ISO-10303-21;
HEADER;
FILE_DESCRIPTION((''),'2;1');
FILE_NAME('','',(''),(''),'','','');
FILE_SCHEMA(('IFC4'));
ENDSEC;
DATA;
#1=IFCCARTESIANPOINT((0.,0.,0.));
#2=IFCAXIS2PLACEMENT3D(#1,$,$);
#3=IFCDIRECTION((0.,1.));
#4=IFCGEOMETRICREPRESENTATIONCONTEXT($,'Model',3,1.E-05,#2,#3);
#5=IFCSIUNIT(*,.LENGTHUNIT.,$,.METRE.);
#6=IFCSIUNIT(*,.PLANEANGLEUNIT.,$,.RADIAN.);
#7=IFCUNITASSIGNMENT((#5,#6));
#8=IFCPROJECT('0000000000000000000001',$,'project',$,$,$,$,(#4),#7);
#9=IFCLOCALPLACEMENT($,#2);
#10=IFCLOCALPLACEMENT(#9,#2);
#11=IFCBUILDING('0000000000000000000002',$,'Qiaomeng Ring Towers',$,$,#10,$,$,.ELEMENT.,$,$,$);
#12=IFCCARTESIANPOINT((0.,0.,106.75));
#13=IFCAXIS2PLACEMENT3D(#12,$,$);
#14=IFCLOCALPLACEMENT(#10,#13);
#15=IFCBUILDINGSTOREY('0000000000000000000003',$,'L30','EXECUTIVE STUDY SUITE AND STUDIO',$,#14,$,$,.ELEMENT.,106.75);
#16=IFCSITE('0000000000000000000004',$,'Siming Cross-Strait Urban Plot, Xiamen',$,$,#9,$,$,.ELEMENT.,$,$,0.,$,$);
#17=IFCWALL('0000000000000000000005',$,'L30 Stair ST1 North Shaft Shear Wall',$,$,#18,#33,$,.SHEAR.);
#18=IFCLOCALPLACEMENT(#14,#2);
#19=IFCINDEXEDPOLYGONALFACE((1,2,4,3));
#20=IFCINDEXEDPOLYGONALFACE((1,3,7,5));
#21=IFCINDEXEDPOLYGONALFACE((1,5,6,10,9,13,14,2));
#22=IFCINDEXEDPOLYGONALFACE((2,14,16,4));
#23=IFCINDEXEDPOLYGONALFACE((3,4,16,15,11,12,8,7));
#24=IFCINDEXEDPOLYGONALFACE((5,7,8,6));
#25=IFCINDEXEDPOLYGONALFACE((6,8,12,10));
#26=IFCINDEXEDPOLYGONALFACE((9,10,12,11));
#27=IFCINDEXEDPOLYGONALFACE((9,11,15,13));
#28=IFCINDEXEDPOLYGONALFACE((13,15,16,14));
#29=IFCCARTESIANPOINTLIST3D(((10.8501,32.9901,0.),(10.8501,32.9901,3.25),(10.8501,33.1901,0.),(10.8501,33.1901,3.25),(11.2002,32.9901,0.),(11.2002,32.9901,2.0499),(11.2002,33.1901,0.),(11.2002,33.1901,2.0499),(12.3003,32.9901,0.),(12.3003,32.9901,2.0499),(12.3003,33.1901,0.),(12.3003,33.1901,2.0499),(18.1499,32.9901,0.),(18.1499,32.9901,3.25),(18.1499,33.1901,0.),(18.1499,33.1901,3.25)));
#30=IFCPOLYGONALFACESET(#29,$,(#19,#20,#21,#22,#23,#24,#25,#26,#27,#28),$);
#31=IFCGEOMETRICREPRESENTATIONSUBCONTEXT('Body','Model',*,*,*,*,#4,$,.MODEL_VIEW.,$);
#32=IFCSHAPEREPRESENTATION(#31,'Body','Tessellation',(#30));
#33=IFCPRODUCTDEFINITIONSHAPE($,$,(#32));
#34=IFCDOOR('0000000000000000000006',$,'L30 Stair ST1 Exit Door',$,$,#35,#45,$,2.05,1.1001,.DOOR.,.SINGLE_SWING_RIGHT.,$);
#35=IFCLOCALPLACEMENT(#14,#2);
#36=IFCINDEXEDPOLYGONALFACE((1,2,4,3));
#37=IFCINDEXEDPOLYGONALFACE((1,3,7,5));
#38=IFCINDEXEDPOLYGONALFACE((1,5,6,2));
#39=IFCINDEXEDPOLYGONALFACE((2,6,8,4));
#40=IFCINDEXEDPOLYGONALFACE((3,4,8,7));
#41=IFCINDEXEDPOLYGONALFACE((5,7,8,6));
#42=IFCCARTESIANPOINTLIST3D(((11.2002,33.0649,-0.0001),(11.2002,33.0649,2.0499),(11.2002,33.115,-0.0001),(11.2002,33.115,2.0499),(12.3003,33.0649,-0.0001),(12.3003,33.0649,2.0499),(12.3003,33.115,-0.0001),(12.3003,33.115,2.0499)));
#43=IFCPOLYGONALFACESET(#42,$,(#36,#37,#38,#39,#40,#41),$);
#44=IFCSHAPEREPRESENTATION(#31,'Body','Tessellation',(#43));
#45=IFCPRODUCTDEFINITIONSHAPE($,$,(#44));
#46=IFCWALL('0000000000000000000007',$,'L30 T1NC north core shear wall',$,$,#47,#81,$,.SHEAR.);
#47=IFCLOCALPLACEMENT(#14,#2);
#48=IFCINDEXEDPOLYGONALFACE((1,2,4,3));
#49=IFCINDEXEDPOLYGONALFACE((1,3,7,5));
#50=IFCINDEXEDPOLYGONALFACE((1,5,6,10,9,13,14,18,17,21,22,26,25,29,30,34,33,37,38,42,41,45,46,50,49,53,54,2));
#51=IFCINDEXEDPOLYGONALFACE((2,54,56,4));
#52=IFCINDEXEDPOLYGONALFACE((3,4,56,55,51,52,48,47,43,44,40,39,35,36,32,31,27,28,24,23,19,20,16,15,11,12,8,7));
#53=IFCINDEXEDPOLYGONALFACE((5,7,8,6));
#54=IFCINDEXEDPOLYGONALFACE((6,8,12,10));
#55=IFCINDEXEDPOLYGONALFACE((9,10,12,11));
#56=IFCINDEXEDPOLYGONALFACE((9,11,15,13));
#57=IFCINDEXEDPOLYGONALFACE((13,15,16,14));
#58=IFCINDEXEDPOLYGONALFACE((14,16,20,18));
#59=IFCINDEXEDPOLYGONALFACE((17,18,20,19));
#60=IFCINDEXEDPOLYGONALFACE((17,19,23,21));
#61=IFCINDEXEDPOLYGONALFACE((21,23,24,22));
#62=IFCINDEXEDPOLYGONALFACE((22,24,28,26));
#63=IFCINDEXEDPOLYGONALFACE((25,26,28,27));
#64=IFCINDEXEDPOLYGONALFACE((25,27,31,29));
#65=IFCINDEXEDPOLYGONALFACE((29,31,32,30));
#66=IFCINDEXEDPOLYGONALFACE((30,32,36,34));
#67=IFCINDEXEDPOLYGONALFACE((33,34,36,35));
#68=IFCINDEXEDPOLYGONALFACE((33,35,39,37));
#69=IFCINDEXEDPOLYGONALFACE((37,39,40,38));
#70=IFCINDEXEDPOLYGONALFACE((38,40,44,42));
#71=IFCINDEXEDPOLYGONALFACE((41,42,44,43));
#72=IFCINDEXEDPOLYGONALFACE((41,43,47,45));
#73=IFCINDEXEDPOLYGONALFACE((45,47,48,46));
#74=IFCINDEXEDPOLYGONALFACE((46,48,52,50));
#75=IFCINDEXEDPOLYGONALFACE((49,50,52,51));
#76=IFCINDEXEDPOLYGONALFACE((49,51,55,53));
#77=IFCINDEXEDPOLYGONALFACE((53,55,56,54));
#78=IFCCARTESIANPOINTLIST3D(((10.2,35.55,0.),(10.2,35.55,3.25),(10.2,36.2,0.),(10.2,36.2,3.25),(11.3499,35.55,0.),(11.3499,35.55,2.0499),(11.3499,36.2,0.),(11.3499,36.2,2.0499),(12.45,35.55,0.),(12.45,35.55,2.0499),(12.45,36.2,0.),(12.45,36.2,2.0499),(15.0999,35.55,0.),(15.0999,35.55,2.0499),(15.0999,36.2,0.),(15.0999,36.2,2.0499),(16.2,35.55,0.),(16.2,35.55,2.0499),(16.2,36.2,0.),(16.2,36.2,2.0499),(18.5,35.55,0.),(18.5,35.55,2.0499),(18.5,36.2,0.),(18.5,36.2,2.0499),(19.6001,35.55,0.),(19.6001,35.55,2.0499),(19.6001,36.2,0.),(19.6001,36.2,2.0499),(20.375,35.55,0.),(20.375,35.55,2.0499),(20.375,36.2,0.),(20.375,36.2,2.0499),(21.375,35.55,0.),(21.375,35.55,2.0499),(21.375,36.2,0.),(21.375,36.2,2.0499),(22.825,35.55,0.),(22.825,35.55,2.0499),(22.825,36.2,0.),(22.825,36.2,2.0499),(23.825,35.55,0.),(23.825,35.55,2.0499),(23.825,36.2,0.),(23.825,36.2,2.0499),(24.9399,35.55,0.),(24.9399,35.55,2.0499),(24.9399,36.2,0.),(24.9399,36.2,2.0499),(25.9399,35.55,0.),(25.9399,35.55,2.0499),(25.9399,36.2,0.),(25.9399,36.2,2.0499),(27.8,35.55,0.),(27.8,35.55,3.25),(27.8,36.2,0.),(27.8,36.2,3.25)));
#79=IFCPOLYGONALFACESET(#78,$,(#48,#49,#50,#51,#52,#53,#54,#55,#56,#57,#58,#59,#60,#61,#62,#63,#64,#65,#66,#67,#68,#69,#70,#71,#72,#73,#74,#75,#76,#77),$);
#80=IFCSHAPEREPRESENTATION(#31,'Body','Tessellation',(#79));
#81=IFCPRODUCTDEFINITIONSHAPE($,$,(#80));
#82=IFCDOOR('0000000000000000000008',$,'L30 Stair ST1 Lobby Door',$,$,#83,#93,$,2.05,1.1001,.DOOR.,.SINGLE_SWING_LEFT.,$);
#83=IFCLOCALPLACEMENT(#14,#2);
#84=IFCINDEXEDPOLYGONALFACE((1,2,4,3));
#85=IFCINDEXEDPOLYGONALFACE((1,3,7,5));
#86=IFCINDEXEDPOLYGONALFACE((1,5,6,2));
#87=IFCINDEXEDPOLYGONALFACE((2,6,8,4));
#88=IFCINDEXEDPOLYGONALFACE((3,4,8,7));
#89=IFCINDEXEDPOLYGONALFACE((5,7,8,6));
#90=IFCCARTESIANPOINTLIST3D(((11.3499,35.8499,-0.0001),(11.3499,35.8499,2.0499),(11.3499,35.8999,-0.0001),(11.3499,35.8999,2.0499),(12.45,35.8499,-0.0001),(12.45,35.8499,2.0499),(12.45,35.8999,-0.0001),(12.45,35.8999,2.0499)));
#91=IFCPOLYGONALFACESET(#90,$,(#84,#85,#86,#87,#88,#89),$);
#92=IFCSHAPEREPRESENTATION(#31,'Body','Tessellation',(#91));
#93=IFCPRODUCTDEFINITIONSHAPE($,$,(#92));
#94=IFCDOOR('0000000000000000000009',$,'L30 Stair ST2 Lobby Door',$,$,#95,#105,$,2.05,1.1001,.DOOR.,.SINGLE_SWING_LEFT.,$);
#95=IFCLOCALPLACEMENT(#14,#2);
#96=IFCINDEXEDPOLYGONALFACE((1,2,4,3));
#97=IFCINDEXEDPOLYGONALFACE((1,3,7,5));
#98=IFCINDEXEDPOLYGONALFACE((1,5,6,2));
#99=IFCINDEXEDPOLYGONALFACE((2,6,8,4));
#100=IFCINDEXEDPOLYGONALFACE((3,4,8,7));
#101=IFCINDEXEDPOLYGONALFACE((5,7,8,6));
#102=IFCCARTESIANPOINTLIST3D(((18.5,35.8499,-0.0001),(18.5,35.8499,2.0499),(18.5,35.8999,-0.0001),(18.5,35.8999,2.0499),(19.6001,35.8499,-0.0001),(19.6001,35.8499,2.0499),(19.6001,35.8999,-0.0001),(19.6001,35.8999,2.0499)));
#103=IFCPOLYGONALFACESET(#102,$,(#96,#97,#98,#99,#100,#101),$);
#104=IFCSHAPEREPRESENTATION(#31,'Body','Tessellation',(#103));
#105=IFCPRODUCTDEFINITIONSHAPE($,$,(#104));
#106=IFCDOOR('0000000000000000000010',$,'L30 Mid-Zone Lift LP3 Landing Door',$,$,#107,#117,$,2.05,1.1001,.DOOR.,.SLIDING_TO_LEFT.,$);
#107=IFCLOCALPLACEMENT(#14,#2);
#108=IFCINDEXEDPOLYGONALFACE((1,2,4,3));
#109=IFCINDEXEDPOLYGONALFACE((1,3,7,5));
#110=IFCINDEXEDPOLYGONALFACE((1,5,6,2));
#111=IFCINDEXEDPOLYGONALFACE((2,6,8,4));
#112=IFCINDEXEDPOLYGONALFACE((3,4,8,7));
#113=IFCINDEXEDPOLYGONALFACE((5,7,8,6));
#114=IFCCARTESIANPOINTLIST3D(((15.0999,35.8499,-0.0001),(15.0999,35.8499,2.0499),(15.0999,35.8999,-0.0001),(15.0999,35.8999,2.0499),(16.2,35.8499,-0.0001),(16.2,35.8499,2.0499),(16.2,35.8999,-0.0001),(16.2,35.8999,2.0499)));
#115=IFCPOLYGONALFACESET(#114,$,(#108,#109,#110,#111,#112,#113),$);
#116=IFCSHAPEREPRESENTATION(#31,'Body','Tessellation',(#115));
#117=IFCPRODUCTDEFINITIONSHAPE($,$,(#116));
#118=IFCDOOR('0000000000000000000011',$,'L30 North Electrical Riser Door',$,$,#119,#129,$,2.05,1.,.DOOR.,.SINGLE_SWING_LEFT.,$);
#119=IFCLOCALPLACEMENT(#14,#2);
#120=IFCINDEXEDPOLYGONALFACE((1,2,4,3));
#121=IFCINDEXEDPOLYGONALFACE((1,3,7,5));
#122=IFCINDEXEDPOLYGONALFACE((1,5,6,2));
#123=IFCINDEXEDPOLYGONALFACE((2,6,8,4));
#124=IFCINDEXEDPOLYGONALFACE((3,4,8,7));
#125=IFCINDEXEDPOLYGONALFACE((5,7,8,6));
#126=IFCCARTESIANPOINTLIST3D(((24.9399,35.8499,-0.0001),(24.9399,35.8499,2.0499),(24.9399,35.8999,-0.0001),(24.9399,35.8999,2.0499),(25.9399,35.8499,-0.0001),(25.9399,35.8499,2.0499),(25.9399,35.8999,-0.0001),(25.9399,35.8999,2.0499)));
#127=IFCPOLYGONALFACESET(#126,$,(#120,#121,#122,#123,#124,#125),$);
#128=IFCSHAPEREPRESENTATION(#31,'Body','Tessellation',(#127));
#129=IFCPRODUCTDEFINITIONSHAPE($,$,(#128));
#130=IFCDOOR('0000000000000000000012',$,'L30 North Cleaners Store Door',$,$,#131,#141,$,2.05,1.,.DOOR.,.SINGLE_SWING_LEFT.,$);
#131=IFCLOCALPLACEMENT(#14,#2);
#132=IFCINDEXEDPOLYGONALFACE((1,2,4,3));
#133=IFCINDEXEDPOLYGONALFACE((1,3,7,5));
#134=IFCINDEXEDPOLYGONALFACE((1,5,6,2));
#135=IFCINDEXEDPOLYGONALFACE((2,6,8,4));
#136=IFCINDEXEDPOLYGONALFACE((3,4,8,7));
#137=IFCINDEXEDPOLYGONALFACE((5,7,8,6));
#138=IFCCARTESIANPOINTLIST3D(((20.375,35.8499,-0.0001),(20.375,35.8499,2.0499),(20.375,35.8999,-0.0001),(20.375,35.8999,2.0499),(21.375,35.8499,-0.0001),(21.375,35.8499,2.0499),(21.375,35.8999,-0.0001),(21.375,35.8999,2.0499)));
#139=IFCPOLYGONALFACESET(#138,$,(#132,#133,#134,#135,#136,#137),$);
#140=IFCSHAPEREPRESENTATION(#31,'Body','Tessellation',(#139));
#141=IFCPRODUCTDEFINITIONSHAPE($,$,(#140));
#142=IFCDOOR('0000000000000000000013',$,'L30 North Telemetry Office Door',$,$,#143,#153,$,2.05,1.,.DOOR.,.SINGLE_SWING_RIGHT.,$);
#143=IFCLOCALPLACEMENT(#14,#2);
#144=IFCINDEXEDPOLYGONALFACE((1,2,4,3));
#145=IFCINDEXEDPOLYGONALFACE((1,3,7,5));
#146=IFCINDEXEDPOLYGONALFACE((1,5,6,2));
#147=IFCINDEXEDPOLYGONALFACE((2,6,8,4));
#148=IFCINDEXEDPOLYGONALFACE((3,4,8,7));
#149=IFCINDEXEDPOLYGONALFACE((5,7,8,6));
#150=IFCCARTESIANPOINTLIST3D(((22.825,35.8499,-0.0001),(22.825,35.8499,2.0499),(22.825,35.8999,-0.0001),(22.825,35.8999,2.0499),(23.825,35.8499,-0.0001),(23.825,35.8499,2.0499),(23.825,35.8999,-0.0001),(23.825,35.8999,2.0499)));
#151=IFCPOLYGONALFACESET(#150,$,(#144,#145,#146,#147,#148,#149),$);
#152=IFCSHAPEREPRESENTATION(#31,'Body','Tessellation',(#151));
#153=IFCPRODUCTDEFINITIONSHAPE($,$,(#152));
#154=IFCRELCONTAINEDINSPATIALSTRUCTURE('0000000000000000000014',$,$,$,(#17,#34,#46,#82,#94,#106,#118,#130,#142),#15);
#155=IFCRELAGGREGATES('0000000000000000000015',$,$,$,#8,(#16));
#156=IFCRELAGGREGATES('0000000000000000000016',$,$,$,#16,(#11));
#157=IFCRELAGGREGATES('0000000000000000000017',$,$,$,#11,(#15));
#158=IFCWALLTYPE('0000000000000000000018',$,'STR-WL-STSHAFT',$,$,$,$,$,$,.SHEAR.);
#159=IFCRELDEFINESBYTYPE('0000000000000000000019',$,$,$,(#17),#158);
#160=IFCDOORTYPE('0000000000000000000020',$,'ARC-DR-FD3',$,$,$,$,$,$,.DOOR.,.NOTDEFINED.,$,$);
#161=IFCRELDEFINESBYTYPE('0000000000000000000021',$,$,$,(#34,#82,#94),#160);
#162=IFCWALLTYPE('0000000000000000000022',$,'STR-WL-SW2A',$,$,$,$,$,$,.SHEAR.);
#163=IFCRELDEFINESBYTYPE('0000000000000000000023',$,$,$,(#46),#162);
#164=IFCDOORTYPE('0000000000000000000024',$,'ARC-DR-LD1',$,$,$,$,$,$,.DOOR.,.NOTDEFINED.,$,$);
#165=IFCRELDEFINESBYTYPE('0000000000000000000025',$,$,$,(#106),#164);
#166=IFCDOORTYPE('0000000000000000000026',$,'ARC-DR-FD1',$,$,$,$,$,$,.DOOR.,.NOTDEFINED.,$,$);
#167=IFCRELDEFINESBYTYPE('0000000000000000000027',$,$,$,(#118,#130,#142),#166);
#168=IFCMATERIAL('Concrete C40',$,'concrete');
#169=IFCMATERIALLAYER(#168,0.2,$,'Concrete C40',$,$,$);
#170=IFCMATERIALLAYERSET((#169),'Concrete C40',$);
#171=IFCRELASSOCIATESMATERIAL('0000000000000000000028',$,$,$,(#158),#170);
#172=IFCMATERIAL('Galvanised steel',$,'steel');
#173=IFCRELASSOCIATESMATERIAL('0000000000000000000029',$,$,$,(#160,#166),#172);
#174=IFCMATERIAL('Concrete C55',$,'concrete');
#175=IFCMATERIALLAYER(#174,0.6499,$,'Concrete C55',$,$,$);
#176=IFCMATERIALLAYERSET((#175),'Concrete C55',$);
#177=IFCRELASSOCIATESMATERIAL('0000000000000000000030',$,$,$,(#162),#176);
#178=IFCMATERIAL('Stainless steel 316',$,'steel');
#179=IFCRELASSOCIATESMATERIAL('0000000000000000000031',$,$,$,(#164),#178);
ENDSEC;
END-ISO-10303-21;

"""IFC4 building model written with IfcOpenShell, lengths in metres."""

from ifc_helpers import new_model, si_unit, direction, frame, frame_2d, origin, place, context, subcontext, project, spatial, rectangle, extrude, source, transform, mapped, material, layer, layer_set, type_object, element, fill, save


model = new_model("IFC4")

# Units and contexts
model_context = context("Model", 3, precision=1e-05, world=origin(), true_north=direction((0.0, 1.0)))
body_context = subcontext(model_context, "Body", "Model", "MODEL_VIEW")
ifc_project = project(units=[si_unit("LENGTHUNIT", "METRE"), si_unit("PLANEANGLEUNIT", "RADIAN")], contexts=[model_context])

# Site, building, storey
site_placement = place(None, origin())
site = spatial("IfcSite", under=ifc_project, at=site_placement, Name="Siming Cross-Strait Urban Plot, Xiamen", CompositionType="ELEMENT", RefElevation=0.0)
building_placement = place(site_placement, origin())
building = spatial("IfcBuilding", under=site, at=building_placement, Name="Qiaomeng Ring Towers", CompositionType="ELEMENT")
storey_placement = place(building_placement, frame((0.0, 0.0, 106.75)))
storey = spatial("IfcBuildingStorey", under=building, at=storey_placement, Name="L30", Description="EXECUTIVE STUDY SUITE AND STUDIO", CompositionType="ELEMENT", Elevation=106.75)

# Shared definitions
ifc_material_1 = material(Name="Concrete C55", Category="concrete")

# Shared definitions
shared_shape_1 = source(origin(), body_context, "Body", "SweptSolid", [
    extrude(rectangle(XDim=1.0, YDim=2.05, at=frame_2d((0.5, 1.0249))), frame((0.0, 0.0249, 0.0), z_axis=(0.0, -1.0, 0.0), x_axis=(1.0, 0.0, 0.0)), (0.0, 0.0, 1.0), 0.05),
])

# Shared definitions
ifc_material_2 = material(Name="Concrete C40", Category="concrete")
ifc_layer_1 = layer(ifc_material_2, 0.2, Name="Concrete C40")
ifc_layer_set_1 = layer_set([ifc_layer_1], Name="Concrete C40")
wall_type_1 = type_object("IfcWallType", Name="STR-WL-STSHAFT", PredefinedType="SHEAR", material=ifc_layer_set_1)

# Wall, opening, door
wall_1_placement = place(storey_placement, frame((10.8501, 33.0901, 0.0), z_axis=(0.0, 0.0, 1.0), x_axis=(1.0, 0.0, 0.0)))
wall_1 = element("IfcWall", 1, at=wall_1_placement, inside=storey, type_object=wall_type_1, Name="L30 Stair ST1 North Shaft Shear Wall", PredefinedType="SHEAR", context=body_context, shape_type="SweptSolid", body=[
    extrude(rectangle(XDim=7.2998, YDim=0.2, at=frame_2d((3.6499, 0.0))), origin(), (0.0, 0.0, 1.0), 3.25),
])
opening_1_placement = place(wall_1_placement, frame((0.3501, 0.0, 0.0)))
opening_1 = element("IfcOpeningElement", 2, at=opening_1_placement, cuts=wall_1, PredefinedType="OPENING", context=body_context, shape_type="SweptSolid", body=[
    extrude(rectangle(XDim=1.1001, YDim=2.05, at=frame_2d((0.55, 1.0249))), frame((0.0, 0.1099, 0.0), z_axis=(0.0, -1.0, 0.0), x_axis=(1.0, 0.0, 0.0)), (0.0, 0.0, 1.0), 0.22),
])
ifc_material_3 = material(Name="Galvanised steel", Category="steel")
door_type_1 = type_object("IfcDoorType", Name="ARC-DR-FD3", OperationType="NOTDEFINED", PredefinedType="DOOR", material=ifc_material_3)
shared_shape_2 = source(origin(), body_context, "Body", "SweptSolid", [
    extrude(rectangle(XDim=1.1001, YDim=2.05, at=frame_2d((0.55, 1.0249))), frame((0.0, 0.0249, 0.0), z_axis=(0.0, -1.0, 0.0), x_axis=(1.0, 0.0, 0.0)), (0.0, 0.0, 1.0), 0.05),
])
door_1_placement = place(opening_1_placement, origin())
door_1 = element("IfcDoor", 3, at=door_1_placement, inside=storey, type_object=door_type_1, Name="L30 Stair ST1 Exit Door", OperationType="SINGLE_SWING_RIGHT", OverallHeight=2.05, OverallWidth=1.1001, PredefinedType="DOOR", context=body_context, shape_type="MappedRepresentation", body=[
    mapped(shared_shape_2, transform((0.0, 0.0, 0.0), x_axis=(1.0, 0.0, 0.0), y_axis=(0.0, 1.0, 0.0), z_axis=(0.0, 0.0, 1.0), scale=1.0)),
])
fill(opening_1, door_1)

# Wall, openings, doors
ifc_layer_2 = layer(ifc_material_1, 0.6499, Name="Concrete C55")
ifc_layer_set_2 = layer_set([ifc_layer_2], Name="Concrete C55")
wall_type_2 = type_object("IfcWallType", Name="STR-WL-SW2A", PredefinedType="SHEAR", material=ifc_layer_set_2)
wall_2_placement = place(storey_placement, frame((10.2, 35.875, 0.0), z_axis=(0.0, 0.0, 1.0), x_axis=(1.0, 0.0, 0.0)))
wall_2 = element("IfcWall", 4, at=wall_2_placement, inside=storey, type_object=wall_type_2, Name="L30 T1NC north core shear wall", PredefinedType="SHEAR", context=body_context, shape_type="SweptSolid", body=[
    extrude(rectangle(XDim=17.6001, YDim=0.6499, at=frame_2d((8.8, 0.0))), origin(), (0.0, 0.0, 1.0), 3.25),
])
opening_2_placement = place(wall_2_placement, frame((1.1499, 0.0, 0.0)))
opening_2 = element("IfcOpeningElement", 5, at=opening_2_placement, cuts=wall_2, PredefinedType="OPENING", context=body_context, shape_type="SweptSolid", body=[
    extrude(rectangle(XDim=1.1001, YDim=2.05, at=frame_2d((0.55, 1.0249))), frame((0.0, 0.335, 0.0), z_axis=(0.0, -1.0, 0.0), x_axis=(1.0, 0.0, 0.0)), (0.0, 0.0, 1.0), 0.6699),
])
opening_3_placement = place(wall_2_placement, frame((8.3, 0.0, 0.0)))
opening_3 = element("IfcOpeningElement", 6, at=opening_3_placement, cuts=wall_2, PredefinedType="OPENING", context=body_context, shape_type="SweptSolid", body=[
    extrude(rectangle(XDim=1.1001, YDim=2.05, at=frame_2d((0.55, 1.0249))), frame((0.0, 0.335, 0.0), z_axis=(0.0, -1.0, 0.0), x_axis=(1.0, 0.0, 0.0)), (0.0, 0.0, 1.0), 0.6699),
])
opening_4_placement = place(wall_2_placement, frame((4.8999, 0.0, 0.0)))
opening_4 = element("IfcOpeningElement", 7, at=opening_4_placement, cuts=wall_2, PredefinedType="OPENING", context=body_context, shape_type="SweptSolid", body=[
    extrude(rectangle(XDim=1.1001, YDim=2.05, at=frame_2d((0.55, 1.0249))), frame((0.0, 0.335, 0.0), z_axis=(0.0, -1.0, 0.0), x_axis=(1.0, 0.0, 0.0)), (0.0, 0.0, 1.0), 0.6699),
])
opening_5_placement = place(wall_2_placement, frame((14.74, 0.0, 0.0)))
opening_5 = element("IfcOpeningElement", 8, at=opening_5_placement, cuts=wall_2, PredefinedType="OPENING", context=body_context, shape_type="SweptSolid", body=[
    extrude(rectangle(XDim=1.0, YDim=2.05, at=frame_2d((0.5, 1.0249))), frame((0.0, 0.335, 0.0), z_axis=(0.0, -1.0, 0.0), x_axis=(1.0, 0.0, 0.0)), (0.0, 0.0, 1.0), 0.6699),
])
opening_6_placement = place(wall_2_placement, frame((10.175, 0.0, 0.0)))
opening_6 = element("IfcOpeningElement", 9, at=opening_6_placement, cuts=wall_2, PredefinedType="OPENING", context=body_context, shape_type="SweptSolid", body=[
    extrude(rectangle(XDim=1.0, YDim=2.05, at=frame_2d((0.5, 1.0249))), frame((0.0, 0.335, 0.0), z_axis=(0.0, -1.0, 0.0), x_axis=(1.0, 0.0, 0.0)), (0.0, 0.0, 1.0), 0.6699),
])
opening_7_placement = place(wall_2_placement, frame((12.625, 0.0, 0.0)))
opening_7 = element("IfcOpeningElement", 10, at=opening_7_placement, cuts=wall_2, PredefinedType="OPENING", context=body_context, shape_type="SweptSolid", body=[
    extrude(rectangle(XDim=1.0, YDim=2.05, at=frame_2d((0.5, 1.0249))), frame((0.0, 0.335, 0.0), z_axis=(0.0, -1.0, 0.0), x_axis=(1.0, 0.0, 0.0)), (0.0, 0.0, 1.0), 0.6699),
])
door_2_placement = place(opening_2_placement, origin())
door_2 = element("IfcDoor", 11, at=door_2_placement, inside=storey, type_object=door_type_1, Name="L30 Stair ST1 Lobby Door", OperationType="SINGLE_SWING_LEFT", OverallHeight=2.05, OverallWidth=1.1001, PredefinedType="DOOR", context=body_context, shape_type="MappedRepresentation", body=[
    mapped(shared_shape_2, transform((0.0, 0.0, 0.0), x_axis=(1.0, 0.0, 0.0), y_axis=(0.0, 1.0, 0.0), z_axis=(0.0, 0.0, 1.0), scale=1.0)),
])
fill(opening_2, door_2)
door_3_placement = place(opening_3_placement, origin())
door_3 = element("IfcDoor", 12, at=door_3_placement, inside=storey, type_object=door_type_1, Name="L30 Stair ST2 Lobby Door", OperationType="SINGLE_SWING_LEFT", OverallHeight=2.05, OverallWidth=1.1001, PredefinedType="DOOR", context=body_context, shape_type="MappedRepresentation", body=[
    mapped(shared_shape_2, transform((0.0, 0.0, 0.0), x_axis=(1.0, 0.0, 0.0), y_axis=(0.0, 1.0, 0.0), z_axis=(0.0, 0.0, 1.0), scale=1.0)),
])
fill(opening_3, door_3)
ifc_material_4 = material(Name="Stainless steel 316", Category="steel")
door_type_2 = type_object("IfcDoorType", Name="ARC-DR-LD1", OperationType="NOTDEFINED", PredefinedType="DOOR", material=ifc_material_4)
door_4_placement = place(opening_4_placement, origin())
door_4 = element("IfcDoor", 13, at=door_4_placement, inside=storey, type_object=door_type_2, Name="L30 Mid-Zone Lift LP3 Landing Door", OperationType="SLIDING_TO_LEFT", OverallHeight=2.05, OverallWidth=1.1001, PredefinedType="DOOR", context=body_context, shape_type="MappedRepresentation", body=[
    mapped(shared_shape_2, transform((0.0, 0.0, 0.0), x_axis=(1.0, 0.0, 0.0), y_axis=(0.0, 1.0, 0.0), z_axis=(0.0, 0.0, 1.0), scale=1.0)),
])
fill(opening_4, door_4)
door_type_3 = type_object("IfcDoorType", Name="ARC-DR-FD1", OperationType="NOTDEFINED", PredefinedType="DOOR", material=ifc_material_3)
door_5_placement = place(opening_5_placement, origin())
door_5 = element("IfcDoor", 14, at=door_5_placement, inside=storey, type_object=door_type_3, Name="L30 North Electrical Riser Door", OperationType="SINGLE_SWING_LEFT", OverallHeight=2.05, OverallWidth=1.0, PredefinedType="DOOR", context=body_context, shape_type="MappedRepresentation", body=[
    mapped(shared_shape_1, transform((0.0, 0.0, 0.0), x_axis=(1.0, 0.0, 0.0), y_axis=(0.0, 1.0, 0.0), z_axis=(0.0, 0.0, 1.0), scale=1.0)),
])
fill(opening_5, door_5)
door_6_placement = place(opening_6_placement, origin())
door_6 = element("IfcDoor", 15, at=door_6_placement, inside=storey, type_object=door_type_3, Name="L30 North Cleaners Store Door", OperationType="SINGLE_SWING_LEFT", OverallHeight=2.05, OverallWidth=1.0, PredefinedType="DOOR", context=body_context, shape_type="MappedRepresentation", body=[
    mapped(shared_shape_1, transform((0.0, 0.0, 0.0), x_axis=(1.0, 0.0, 0.0), y_axis=(0.0, 1.0, 0.0), z_axis=(0.0, 0.0, 1.0), scale=1.0)),
])
fill(opening_6, door_6)
door_7_placement = place(opening_7_placement, origin())
door_7 = element("IfcDoor", 16, at=door_7_placement, inside=storey, type_object=door_type_3, Name="L30 North Telemetry Office Door", OperationType="SINGLE_SWING_RIGHT", OverallHeight=2.05, OverallWidth=1.0, PredefinedType="DOOR", context=body_context, shape_type="MappedRepresentation", body=[
    mapped(shared_shape_1, transform((0.0, 0.0, 0.0), x_axis=(1.0, 0.0, 0.0), y_axis=(0.0, 1.0, 0.0), z_axis=(0.0, 0.0, 1.0), scale=1.0)),
])
fill(opening_7, door_7)

save(model, "model.ifc")
